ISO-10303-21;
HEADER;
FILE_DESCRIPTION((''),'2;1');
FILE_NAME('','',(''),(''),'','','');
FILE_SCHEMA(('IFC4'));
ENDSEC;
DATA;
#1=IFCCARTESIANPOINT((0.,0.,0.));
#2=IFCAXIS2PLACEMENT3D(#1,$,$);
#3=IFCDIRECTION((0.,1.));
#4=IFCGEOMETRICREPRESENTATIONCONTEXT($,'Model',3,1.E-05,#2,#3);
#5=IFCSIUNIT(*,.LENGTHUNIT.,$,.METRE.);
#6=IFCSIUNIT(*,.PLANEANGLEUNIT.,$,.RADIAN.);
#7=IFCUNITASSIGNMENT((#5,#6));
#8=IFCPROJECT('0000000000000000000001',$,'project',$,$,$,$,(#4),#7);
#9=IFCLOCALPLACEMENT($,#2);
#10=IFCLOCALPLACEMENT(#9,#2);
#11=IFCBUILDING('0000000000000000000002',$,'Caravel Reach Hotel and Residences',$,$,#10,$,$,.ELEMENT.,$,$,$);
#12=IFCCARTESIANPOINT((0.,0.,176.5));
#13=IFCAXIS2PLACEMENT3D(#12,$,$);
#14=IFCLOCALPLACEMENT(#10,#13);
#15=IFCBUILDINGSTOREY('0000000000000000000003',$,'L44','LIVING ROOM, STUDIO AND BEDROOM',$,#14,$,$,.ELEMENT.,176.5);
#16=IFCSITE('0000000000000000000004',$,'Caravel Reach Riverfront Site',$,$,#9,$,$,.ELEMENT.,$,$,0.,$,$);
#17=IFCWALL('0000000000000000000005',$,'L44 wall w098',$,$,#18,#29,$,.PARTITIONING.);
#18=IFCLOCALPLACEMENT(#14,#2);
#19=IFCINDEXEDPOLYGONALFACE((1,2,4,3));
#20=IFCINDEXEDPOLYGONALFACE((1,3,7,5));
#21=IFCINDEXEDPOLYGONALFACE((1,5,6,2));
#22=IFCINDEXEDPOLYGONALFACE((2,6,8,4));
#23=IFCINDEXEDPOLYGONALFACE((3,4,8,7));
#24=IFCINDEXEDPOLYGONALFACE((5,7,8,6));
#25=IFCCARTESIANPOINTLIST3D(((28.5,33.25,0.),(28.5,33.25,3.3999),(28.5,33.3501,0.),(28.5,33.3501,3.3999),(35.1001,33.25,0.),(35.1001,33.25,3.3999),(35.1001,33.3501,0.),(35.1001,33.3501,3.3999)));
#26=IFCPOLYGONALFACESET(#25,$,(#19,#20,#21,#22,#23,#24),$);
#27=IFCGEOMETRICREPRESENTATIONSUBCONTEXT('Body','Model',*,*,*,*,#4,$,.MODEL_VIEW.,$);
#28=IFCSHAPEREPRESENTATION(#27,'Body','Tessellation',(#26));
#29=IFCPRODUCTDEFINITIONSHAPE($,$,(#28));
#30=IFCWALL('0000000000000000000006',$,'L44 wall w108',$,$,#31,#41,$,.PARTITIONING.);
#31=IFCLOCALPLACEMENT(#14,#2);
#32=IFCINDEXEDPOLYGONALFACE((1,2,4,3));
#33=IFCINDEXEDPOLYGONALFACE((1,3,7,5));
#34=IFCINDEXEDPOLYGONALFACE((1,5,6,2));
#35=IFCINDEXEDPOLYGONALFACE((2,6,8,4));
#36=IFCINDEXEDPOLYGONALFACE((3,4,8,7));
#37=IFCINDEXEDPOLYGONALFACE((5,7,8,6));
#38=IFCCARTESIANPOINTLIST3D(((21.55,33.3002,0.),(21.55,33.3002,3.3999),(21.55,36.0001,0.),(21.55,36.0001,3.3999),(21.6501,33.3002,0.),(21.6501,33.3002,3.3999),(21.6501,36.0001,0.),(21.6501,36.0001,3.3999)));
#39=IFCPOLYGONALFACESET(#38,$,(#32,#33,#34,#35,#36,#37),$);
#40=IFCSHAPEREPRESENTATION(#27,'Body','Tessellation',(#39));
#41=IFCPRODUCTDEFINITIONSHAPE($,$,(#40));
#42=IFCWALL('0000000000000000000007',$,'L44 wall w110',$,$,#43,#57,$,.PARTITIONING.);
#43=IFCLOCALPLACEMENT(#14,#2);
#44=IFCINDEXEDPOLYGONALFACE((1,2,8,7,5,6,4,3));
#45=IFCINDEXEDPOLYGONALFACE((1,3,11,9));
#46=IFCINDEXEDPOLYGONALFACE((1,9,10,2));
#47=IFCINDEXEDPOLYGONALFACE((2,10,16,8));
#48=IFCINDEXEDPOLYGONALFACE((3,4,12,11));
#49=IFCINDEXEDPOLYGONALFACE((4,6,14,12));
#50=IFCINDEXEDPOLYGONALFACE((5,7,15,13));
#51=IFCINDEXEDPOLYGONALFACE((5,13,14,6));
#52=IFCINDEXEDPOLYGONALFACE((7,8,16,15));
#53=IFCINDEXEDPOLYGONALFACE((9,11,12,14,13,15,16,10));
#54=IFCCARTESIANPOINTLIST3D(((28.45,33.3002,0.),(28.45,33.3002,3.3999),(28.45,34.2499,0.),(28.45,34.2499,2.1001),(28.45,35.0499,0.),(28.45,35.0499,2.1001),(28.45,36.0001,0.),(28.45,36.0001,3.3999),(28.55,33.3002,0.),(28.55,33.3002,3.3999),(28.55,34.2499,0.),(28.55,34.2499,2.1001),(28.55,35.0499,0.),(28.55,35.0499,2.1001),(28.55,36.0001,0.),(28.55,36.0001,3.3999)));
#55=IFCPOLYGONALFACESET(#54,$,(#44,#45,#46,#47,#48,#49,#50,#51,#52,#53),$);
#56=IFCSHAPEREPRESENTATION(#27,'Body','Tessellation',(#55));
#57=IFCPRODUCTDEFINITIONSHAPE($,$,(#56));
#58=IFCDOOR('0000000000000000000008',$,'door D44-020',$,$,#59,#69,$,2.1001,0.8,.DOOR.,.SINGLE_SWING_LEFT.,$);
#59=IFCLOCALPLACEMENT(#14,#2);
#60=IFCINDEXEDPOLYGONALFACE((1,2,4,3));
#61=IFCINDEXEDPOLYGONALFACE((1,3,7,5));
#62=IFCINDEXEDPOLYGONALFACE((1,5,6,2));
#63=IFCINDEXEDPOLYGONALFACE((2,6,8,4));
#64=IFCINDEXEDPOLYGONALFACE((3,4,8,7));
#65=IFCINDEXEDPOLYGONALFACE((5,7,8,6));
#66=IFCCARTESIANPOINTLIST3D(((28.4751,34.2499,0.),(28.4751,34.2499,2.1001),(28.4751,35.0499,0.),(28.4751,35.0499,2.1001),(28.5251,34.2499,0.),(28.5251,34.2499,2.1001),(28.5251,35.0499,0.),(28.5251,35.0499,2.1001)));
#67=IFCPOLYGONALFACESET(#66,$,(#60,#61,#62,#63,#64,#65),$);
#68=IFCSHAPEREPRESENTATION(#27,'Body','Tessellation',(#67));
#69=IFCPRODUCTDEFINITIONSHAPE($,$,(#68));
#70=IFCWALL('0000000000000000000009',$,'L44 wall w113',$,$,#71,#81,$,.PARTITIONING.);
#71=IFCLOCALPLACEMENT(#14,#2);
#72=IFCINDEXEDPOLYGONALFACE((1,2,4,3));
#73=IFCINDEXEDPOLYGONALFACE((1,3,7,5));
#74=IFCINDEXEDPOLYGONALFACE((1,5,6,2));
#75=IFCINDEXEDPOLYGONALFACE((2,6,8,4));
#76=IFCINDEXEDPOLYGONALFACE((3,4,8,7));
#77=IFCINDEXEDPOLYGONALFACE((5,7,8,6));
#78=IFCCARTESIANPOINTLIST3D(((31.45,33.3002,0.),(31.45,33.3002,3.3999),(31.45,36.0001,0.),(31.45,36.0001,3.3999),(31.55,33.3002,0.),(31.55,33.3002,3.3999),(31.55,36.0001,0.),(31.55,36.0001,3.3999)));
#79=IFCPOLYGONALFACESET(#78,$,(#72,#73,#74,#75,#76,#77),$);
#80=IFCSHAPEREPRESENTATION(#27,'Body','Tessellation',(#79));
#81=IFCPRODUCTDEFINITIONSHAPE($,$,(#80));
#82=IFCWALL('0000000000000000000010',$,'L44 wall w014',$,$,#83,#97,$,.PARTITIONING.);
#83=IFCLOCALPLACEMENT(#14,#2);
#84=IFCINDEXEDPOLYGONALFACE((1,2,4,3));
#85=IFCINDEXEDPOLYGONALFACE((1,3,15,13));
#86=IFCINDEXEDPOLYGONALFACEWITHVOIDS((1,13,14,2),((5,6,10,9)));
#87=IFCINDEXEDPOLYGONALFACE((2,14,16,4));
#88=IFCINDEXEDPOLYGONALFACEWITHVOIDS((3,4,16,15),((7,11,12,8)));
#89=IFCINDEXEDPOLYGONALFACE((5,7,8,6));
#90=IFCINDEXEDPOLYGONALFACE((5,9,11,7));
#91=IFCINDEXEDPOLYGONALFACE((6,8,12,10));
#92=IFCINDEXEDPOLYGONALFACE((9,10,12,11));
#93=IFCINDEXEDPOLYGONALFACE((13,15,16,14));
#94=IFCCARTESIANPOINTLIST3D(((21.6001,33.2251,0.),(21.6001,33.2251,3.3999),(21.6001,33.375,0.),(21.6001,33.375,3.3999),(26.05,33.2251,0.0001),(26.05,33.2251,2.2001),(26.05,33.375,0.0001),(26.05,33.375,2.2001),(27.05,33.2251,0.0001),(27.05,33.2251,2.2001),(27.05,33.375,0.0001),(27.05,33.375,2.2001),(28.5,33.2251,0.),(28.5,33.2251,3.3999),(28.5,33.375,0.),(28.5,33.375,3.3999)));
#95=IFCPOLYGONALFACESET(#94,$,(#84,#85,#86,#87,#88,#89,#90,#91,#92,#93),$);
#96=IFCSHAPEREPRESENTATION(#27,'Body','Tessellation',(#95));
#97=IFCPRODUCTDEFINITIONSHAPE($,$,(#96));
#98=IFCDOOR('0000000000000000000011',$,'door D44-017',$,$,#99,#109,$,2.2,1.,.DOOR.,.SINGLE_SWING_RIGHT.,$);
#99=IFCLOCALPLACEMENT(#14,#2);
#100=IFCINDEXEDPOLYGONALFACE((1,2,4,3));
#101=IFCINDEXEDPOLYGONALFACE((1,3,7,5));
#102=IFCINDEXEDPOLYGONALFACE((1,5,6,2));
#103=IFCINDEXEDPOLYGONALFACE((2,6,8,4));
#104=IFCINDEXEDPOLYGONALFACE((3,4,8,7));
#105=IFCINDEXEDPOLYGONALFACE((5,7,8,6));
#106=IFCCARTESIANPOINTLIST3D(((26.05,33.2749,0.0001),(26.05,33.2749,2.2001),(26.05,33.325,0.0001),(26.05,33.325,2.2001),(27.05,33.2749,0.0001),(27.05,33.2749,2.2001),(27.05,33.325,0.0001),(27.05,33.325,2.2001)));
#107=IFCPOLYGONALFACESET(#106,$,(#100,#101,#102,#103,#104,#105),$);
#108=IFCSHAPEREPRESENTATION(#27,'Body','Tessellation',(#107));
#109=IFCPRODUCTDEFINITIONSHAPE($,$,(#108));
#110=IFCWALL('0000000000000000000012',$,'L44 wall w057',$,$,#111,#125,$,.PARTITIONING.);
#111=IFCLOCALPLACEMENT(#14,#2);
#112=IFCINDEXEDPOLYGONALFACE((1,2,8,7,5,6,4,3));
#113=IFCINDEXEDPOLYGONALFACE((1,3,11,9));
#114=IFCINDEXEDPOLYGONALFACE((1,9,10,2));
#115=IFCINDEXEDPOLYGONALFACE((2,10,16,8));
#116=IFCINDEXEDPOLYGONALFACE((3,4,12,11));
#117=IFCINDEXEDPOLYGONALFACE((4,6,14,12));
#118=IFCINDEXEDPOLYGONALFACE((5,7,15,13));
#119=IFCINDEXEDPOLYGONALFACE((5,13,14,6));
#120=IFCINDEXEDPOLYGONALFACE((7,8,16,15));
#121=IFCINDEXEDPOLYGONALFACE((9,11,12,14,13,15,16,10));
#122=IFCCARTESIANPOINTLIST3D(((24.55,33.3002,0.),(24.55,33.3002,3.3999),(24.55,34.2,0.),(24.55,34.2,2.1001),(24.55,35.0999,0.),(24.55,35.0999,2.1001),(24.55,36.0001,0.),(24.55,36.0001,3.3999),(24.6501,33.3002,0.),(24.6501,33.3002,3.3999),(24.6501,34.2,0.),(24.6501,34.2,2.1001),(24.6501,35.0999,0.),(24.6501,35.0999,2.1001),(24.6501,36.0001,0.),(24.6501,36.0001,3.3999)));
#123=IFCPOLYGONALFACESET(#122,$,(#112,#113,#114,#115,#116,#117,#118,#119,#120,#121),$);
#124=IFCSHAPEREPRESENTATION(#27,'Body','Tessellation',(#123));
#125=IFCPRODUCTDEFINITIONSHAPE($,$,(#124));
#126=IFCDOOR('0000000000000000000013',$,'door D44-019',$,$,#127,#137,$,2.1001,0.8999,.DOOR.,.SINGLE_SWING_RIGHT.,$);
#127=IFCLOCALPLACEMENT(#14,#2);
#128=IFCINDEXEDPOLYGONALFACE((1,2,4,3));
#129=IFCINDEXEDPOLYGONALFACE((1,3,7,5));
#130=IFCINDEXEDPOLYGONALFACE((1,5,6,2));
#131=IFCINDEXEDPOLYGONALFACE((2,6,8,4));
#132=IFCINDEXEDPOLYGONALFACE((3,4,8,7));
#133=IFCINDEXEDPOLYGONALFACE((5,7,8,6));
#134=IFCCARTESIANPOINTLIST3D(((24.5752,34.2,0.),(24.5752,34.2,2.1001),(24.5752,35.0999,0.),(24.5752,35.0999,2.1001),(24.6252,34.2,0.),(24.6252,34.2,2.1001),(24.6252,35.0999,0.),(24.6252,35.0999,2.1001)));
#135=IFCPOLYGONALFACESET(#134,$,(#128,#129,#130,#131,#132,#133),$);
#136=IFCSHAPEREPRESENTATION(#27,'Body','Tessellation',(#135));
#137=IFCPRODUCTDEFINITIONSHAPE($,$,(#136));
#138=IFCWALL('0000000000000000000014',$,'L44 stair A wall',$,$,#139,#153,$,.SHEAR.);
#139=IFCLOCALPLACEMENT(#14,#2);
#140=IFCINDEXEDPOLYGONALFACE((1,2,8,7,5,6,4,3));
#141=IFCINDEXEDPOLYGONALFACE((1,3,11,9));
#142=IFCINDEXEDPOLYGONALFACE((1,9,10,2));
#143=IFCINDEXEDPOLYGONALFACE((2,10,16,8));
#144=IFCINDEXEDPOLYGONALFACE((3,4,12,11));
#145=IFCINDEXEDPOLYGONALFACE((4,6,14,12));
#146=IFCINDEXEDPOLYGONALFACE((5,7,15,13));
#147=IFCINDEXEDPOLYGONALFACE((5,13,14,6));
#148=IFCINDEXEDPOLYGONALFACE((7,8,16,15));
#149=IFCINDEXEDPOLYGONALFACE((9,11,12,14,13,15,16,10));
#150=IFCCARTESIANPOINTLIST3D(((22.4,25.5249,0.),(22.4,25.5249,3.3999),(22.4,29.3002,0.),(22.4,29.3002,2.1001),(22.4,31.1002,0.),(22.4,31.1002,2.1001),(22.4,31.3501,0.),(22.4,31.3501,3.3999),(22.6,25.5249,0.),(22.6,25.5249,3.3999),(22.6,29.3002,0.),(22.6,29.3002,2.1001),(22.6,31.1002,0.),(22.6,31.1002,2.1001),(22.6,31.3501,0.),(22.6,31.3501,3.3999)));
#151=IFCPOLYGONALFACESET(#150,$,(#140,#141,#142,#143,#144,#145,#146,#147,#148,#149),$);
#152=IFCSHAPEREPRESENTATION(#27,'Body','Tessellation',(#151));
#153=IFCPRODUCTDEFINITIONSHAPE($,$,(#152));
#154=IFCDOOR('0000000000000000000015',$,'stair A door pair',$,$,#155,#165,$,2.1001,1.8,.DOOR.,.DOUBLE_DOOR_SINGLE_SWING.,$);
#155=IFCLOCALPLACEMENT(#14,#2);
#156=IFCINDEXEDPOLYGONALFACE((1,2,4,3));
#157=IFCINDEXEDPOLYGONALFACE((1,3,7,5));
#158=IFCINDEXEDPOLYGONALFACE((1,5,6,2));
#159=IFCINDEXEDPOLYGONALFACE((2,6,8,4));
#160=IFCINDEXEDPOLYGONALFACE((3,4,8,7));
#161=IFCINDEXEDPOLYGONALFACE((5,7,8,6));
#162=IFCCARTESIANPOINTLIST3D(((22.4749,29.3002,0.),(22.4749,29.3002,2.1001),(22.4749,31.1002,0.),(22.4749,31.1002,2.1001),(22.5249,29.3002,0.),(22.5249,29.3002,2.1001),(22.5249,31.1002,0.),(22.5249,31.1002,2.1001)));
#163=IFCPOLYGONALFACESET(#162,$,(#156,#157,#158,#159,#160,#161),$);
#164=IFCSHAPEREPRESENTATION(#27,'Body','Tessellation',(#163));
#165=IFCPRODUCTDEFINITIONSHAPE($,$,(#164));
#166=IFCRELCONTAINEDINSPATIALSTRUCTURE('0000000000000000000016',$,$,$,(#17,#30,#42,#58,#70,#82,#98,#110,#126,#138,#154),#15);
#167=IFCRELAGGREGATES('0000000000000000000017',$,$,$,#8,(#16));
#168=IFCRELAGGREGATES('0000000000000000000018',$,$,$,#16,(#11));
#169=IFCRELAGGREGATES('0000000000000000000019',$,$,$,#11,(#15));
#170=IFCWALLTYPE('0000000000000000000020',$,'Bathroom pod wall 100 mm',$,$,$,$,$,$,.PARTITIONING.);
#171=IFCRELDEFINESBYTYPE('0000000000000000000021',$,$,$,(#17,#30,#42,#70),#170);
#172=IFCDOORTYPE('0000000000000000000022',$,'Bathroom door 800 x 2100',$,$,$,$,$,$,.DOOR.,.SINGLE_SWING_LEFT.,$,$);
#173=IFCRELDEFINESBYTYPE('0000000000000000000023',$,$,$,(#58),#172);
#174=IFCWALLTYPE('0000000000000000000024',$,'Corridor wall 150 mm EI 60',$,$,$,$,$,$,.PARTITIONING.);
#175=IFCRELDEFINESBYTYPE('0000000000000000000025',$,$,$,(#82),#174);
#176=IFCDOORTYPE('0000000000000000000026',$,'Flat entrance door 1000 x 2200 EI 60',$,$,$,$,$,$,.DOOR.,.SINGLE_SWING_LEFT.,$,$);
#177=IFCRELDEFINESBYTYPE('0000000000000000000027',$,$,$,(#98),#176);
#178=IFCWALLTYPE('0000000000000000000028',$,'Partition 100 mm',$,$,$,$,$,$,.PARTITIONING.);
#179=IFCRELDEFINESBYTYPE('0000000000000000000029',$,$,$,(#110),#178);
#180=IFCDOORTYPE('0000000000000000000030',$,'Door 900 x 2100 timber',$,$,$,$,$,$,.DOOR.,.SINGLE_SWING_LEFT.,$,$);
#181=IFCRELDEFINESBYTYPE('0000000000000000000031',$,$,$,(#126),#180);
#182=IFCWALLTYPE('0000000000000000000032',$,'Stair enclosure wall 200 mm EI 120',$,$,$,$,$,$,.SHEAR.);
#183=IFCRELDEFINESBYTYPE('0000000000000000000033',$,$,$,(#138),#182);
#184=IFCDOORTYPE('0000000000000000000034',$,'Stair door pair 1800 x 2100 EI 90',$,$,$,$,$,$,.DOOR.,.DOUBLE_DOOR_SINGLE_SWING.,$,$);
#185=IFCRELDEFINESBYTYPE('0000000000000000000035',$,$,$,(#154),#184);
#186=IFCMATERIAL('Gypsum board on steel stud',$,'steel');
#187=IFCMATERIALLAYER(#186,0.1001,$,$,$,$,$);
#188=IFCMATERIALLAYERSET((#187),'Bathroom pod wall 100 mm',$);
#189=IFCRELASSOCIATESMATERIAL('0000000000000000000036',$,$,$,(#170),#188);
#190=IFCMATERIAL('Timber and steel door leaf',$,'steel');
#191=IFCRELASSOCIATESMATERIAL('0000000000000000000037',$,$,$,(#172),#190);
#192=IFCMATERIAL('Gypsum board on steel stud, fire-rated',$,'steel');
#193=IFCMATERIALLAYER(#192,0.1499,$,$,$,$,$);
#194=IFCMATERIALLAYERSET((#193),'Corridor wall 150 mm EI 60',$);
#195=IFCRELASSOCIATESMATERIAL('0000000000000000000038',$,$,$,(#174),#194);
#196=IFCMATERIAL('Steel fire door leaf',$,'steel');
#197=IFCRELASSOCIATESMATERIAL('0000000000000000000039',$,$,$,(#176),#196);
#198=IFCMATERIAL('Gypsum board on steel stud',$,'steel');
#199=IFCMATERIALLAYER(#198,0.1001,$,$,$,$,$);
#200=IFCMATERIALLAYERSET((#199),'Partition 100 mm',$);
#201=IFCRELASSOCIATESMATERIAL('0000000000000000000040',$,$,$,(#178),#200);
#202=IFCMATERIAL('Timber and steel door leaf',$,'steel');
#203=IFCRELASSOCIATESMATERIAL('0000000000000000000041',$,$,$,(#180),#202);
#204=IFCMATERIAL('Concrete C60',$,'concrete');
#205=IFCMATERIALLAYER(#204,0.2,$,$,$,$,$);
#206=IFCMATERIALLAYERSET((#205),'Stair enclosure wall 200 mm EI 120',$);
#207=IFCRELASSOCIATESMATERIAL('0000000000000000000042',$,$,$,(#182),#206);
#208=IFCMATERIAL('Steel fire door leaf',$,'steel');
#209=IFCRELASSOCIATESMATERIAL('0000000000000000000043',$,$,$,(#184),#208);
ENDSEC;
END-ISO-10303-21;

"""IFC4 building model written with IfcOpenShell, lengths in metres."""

from ifc_helpers import new_model, si_unit, direction, frame, frame_2d, origin, place, context, subcontext, project, spatial, rectangle, extrude, material, layer, layer_set, type_object, element, fill, save


model = new_model("IFC4")

# Units and contexts
model_context = context("Model", 3, precision=1e-05, world=origin(), true_north=direction((0.0, 1.0)))
body_context = subcontext(model_context, "Body", "Model", "MODEL_VIEW")
ifc_project = project(units=[si_unit("LENGTHUNIT", "METRE"), si_unit("PLANEANGLEUNIT", "RADIAN")], contexts=[model_context])

# Site, building, storey
site_placement = place(None, origin())
site = spatial("IfcSite", under=ifc_project, at=site_placement, Name="Caravel Reach Riverfront Site", CompositionType="ELEMENT", RefElevation=0.0)
building_placement = place(site_placement, origin())
building = spatial("IfcBuilding", under=site, at=building_placement, Name="Caravel Reach Hotel and Residences", CompositionType="ELEMENT")
storey_placement = place(building_placement, frame((0.0, 0.0, 176.5)))
storey = spatial("IfcBuildingStorey", under=building, at=storey_placement, Name="L44", Description="LIVING ROOM, STUDIO AND BEDROOM", CompositionType="ELEMENT", Elevation=176.5)

# Walls
ifc_material_1 = material(Name="Gypsum board on steel stud", Category="steel")
ifc_layer_1 = layer(ifc_material_1, 0.1001)
ifc_layer_set_1 = layer_set([ifc_layer_1], Name="Bathroom pod wall 100 mm")
wall_type_1 = type_object("IfcWallType", Name="Bathroom pod wall 100 mm", PredefinedType="PARTITIONING", material=ifc_layer_set_1)
wall_1_placement = place(storey_placement, frame((28.5, 33.3, 0.0), z_axis=(0.0, 0.0, 1.0), x_axis=(1.0, 0.0, 0.0)))
element("IfcWall", 1, at=wall_1_placement, inside=storey, type_object=wall_type_1, Name="L44 wall w098", PredefinedType="PARTITIONING", context=body_context, shape_type="SweptSolid", body=[
    extrude(rectangle(XDim=6.6001, YDim=0.1001, at=frame_2d((3.3, 0.0))), origin(), (0.0, 0.0, 1.0), 3.3999),
])
wall_2_placement = place(storey_placement, frame((21.6001, 33.3, 0.0), z_axis=(0.0, 0.0, 1.0), x_axis=(0.0, 1.0, 0.0)))
element("IfcWall", 2, at=wall_2_placement, inside=storey, type_object=wall_type_1, Name="L44 wall w108", PredefinedType="PARTITIONING", context=body_context, shape_type="SweptSolid", body=[
    extrude(rectangle(XDim=2.7, YDim=0.1001, at=frame_2d((1.3501, 0.0))), origin(), (0.0, 0.0, 1.0), 3.3999),
])

# Wall, opening, door
wall_3_placement = place(storey_placement, frame((28.5, 33.3, 0.0), z_axis=(0.0, 0.0, 1.0), x_axis=(0.0, 1.0, 0.0)))
wall_3 = element("IfcWall", 3, at=wall_3_placement, inside=storey, type_object=wall_type_1, Name="L44 wall w110", PredefinedType="PARTITIONING", context=body_context, shape_type="SweptSolid", body=[
    extrude(rectangle(XDim=2.7, YDim=0.1001, at=frame_2d((1.3501, 0.0))), origin(), (0.0, 0.0, 1.0), 3.3999),
])
opening_1_placement = place(wall_3_placement, frame((0.95, 0.0, 0.0)))
opening_1 = element("IfcOpeningElement", 4, at=opening_1_placement, cuts=wall_3, PredefinedType="OPENING", context=body_context, shape_type="SweptSolid", body=[
    extrude(rectangle(XDim=0.8, YDim=2.1001, at=frame_2d((0.3999, 1.05))), frame((0.0, 0.0601, 0.0), z_axis=(0.0, -1.0, 0.0), x_axis=(1.0, 0.0, 0.0)), (0.0, 0.0, 1.0), 0.1201),
])
ifc_material_2 = material(Name="Timber and steel door leaf", Category="steel")
door_type_1 = type_object("IfcDoorType", Name="Bathroom door 800 x 2100", OperationType="SINGLE_SWING_LEFT", PredefinedType="DOOR", material=ifc_material_2)
door_1_placement = place(opening_1_placement, origin())
door_1 = element("IfcDoor", 5, at=door_1_placement, inside=storey, type_object=door_type_1, Name="door D44-020", OperationType="SINGLE_SWING_LEFT", OverallHeight=2.1001, OverallWidth=0.8, PredefinedType="DOOR", context=body_context, shape_type="SweptSolid", body=[
    extrude(rectangle(XDim=0.8, YDim=2.1001, at=frame_2d((0.3999, 1.05))), frame((0.0, 0.0249, 0.0), z_axis=(0.0, -1.0, 0.0), x_axis=(1.0, 0.0, 0.0)), (0.0, 0.0, 1.0), 0.05),
])
fill(opening_1, door_1)

# Wall
wall_4_placement = place(storey_placement, frame((31.5, 33.3, 0.0), z_axis=(0.0, 0.0, 1.0), x_axis=(0.0, 1.0, 0.0)))
element("IfcWall", 6, at=wall_4_placement, inside=storey, type_object=wall_type_1, Name="L44 wall w113", PredefinedType="PARTITIONING", context=body_context, shape_type="SweptSolid", body=[
    extrude(rectangle(XDim=2.7, YDim=0.1001, at=frame_2d((1.3501, 0.0))), origin(), (0.0, 0.0, 1.0), 3.3999),
])

# Walls, openings, doors
ifc_material_3 = material(Name="Gypsum board on steel stud, fire-rated", Category="steel")
ifc_layer_2 = layer(ifc_material_3, 0.1499)
ifc_layer_set_2 = layer_set([ifc_layer_2], Name="Corridor wall 150 mm EI 60")
wall_type_2 = type_object("IfcWallType", Name="Corridor wall 150 mm EI 60", PredefinedType="PARTITIONING", material=ifc_layer_set_2)
wall_5_placement = place(storey_placement, frame((21.6001, 33.3, 0.0), z_axis=(0.0, 0.0, 1.0), x_axis=(1.0, 0.0, 0.0)))
wall_5 = element("IfcWall", 7, at=wall_5_placement, inside=storey, type_object=wall_type_2, Name="L44 wall w014", PredefinedType="PARTITIONING", context=body_context, shape_type="SweptSolid", body=[
    extrude(rectangle(XDim=6.8999, YDim=0.1499, at=frame_2d((3.45, 0.0))), origin(), (0.0, 0.0, 1.0), 3.3999),
])
opening_2_placement = place(wall_5_placement, frame((4.45, 0.0, 0.0)))
opening_2 = element("IfcOpeningElement", 8, at=opening_2_placement, cuts=wall_5, PredefinedType="OPENING", context=body_context, shape_type="SweptSolid", body=[
    extrude(rectangle(XDim=1.0, YDim=2.2, at=frame_2d((0.5, 1.1001))), frame((0.0, 0.085, 0.0), z_axis=(0.0, -1.0, 0.0), x_axis=(1.0, 0.0, 0.0)), (0.0, 0.0, 1.0), 0.1699),
])
ifc_material_4 = material(Name="Steel fire door leaf", Category="steel")
door_type_2 = type_object("IfcDoorType", Name="Flat entrance door 1000 x 2200 EI 60", OperationType="SINGLE_SWING_LEFT", PredefinedType="DOOR", material=ifc_material_4)
door_2_placement = place(opening_2_placement, origin())
door_2 = element("IfcDoor", 9, at=door_2_placement, inside=storey, type_object=door_type_2, Name="door D44-017", OperationType="SINGLE_SWING_RIGHT", OverallHeight=2.2, OverallWidth=1.0, PredefinedType="DOOR", context=body_context, shape_type="SweptSolid", body=[
    extrude(rectangle(XDim=1.0, YDim=2.2, at=frame_2d((0.5, 1.1001))), frame((0.0, 0.0249, 0.0), z_axis=(0.0, -1.0, 0.0), x_axis=(1.0, 0.0, 0.0)), (0.0, 0.0, 1.0), 0.05),
])
fill(opening_2, door_2)
ifc_material_5 = material(Name="Gypsum board on steel stud", Category="steel")
ifc_layer_3 = layer(ifc_material_5, 0.1001)
ifc_layer_set_3 = layer_set([ifc_layer_3], Name="Partition 100 mm")
wall_type_3 = type_object("IfcWallType", Name="Partition 100 mm", PredefinedType="PARTITIONING", material=ifc_layer_set_3)
wall_6_placement = place(storey_placement, frame((24.6001, 33.3, 0.0), z_axis=(0.0, 0.0, 1.0), x_axis=(0.0, 1.0, 0.0)))
wall_6 = element("IfcWall", 10, at=wall_6_placement, inside=storey, type_object=wall_type_3, Name="L44 wall w057", PredefinedType="PARTITIONING", context=body_context, shape_type="SweptSolid", body=[
    extrude(rectangle(XDim=2.7, YDim=0.1001, at=frame_2d((1.3501, 0.0))), origin(), (0.0, 0.0, 1.0), 3.3999),
])
opening_3_placement = place(wall_6_placement, frame((0.8999, 0.0, 0.0)))
opening_3 = element("IfcOpeningElement", 11, at=opening_3_placement, cuts=wall_6, PredefinedType="OPENING", context=body_context, shape_type="SweptSolid", body=[
    extrude(rectangle(XDim=0.8999, YDim=2.1001, at=frame_2d((0.45, 1.05))), frame((0.0, 0.0601, 0.0), z_axis=(0.0, -1.0, 0.0), x_axis=(1.0, 0.0, 0.0)), (0.0, 0.0, 1.0), 0.1201),
])
ifc_material_6 = material(Name="Timber and steel door leaf", Category="steel")
door_type_3 = type_object("IfcDoorType", Name="Door 900 x 2100 timber", OperationType="SINGLE_SWING_LEFT", PredefinedType="DOOR", material=ifc_material_6)
door_3_placement = place(opening_3_placement, origin())
door_3 = element("IfcDoor", 12, at=door_3_placement, inside=storey, type_object=door_type_3, Name="door D44-019", OperationType="SINGLE_SWING_RIGHT", OverallHeight=2.1001, OverallWidth=0.8999, PredefinedType="DOOR", context=body_context, shape_type="SweptSolid", body=[
    extrude(rectangle(XDim=0.8999, YDim=2.1001, at=frame_2d((0.45, 1.05))), frame((0.0, 0.0249, 0.0), z_axis=(0.0, -1.0, 0.0), x_axis=(1.0, 0.0, 0.0)), (0.0, 0.0, 1.0), 0.05),
])
fill(opening_3, door_3)
ifc_material_7 = material(Name="Concrete C60", Category="concrete")
ifc_layer_4 = layer(ifc_material_7, 0.2)
ifc_layer_set_4 = layer_set([ifc_layer_4], Name="Stair enclosure wall 200 mm EI 120")
wall_type_4 = type_object("IfcWallType", Name="Stair enclosure wall 200 mm EI 120", PredefinedType="SHEAR", material=ifc_layer_set_4)
wall_7_placement = place(storey_placement, frame((22.5, 31.3501, 0.0), z_axis=(0.0, 0.0, 1.0), x_axis=(0.0, -1.0, 0.0)))
wall_7 = element("IfcWall", 13, at=wall_7_placement, inside=storey, type_object=wall_type_4, Name="L44 stair A wall", PredefinedType="SHEAR", context=body_context, shape_type="SweptSolid", body=[
    extrude(rectangle(XDim=5.8252, YDim=0.2, at=frame_2d((2.9126, 0.0))), origin(), (0.0, 0.0, 1.0), 3.3999),
])
opening_4_placement = place(wall_7_placement, frame((0.25, 0.0, 0.0)))
opening_4 = element("IfcOpeningElement", 14, at=opening_4_placement, cuts=wall_7, PredefinedType="OPENING", context=body_context, shape_type="SweptSolid", body=[
    extrude(rectangle(XDim=1.8, YDim=2.1001, at=frame_2d((0.8999, 1.05))), frame((0.0, 0.1099, 0.0), z_axis=(0.0, -1.0, 0.0), x_axis=(1.0, 0.0, 0.0)), (0.0, 0.0, 1.0), 0.22),
])
ifc_material_8 = material(Name="Steel fire door leaf", Category="steel")
door_type_4 = type_object("IfcDoorType", Name="Stair door pair 1800 x 2100 EI 90", OperationType="DOUBLE_DOOR_SINGLE_SWING", PredefinedType="DOOR", material=ifc_material_8)
door_4_placement = place(opening_4_placement, origin())
door_4 = element("IfcDoor", 15, at=door_4_placement, inside=storey, type_object=door_type_4, Name="stair A door pair", OperationType="DOUBLE_DOOR_SINGLE_SWING", OverallHeight=2.1001, OverallWidth=1.8, PredefinedType="DOOR", context=body_context, shape_type="SweptSolid", body=[
    extrude(rectangle(XDim=1.8, YDim=2.1001, at=frame_2d((0.8999, 1.05))), frame((0.0, 0.0249, 0.0), z_axis=(0.0, -1.0, 0.0), x_axis=(1.0, 0.0, 0.0)), (0.0, 0.0, 1.0), 0.05),
])
fill(opening_4, door_4)

save(model, "model.ifc")
